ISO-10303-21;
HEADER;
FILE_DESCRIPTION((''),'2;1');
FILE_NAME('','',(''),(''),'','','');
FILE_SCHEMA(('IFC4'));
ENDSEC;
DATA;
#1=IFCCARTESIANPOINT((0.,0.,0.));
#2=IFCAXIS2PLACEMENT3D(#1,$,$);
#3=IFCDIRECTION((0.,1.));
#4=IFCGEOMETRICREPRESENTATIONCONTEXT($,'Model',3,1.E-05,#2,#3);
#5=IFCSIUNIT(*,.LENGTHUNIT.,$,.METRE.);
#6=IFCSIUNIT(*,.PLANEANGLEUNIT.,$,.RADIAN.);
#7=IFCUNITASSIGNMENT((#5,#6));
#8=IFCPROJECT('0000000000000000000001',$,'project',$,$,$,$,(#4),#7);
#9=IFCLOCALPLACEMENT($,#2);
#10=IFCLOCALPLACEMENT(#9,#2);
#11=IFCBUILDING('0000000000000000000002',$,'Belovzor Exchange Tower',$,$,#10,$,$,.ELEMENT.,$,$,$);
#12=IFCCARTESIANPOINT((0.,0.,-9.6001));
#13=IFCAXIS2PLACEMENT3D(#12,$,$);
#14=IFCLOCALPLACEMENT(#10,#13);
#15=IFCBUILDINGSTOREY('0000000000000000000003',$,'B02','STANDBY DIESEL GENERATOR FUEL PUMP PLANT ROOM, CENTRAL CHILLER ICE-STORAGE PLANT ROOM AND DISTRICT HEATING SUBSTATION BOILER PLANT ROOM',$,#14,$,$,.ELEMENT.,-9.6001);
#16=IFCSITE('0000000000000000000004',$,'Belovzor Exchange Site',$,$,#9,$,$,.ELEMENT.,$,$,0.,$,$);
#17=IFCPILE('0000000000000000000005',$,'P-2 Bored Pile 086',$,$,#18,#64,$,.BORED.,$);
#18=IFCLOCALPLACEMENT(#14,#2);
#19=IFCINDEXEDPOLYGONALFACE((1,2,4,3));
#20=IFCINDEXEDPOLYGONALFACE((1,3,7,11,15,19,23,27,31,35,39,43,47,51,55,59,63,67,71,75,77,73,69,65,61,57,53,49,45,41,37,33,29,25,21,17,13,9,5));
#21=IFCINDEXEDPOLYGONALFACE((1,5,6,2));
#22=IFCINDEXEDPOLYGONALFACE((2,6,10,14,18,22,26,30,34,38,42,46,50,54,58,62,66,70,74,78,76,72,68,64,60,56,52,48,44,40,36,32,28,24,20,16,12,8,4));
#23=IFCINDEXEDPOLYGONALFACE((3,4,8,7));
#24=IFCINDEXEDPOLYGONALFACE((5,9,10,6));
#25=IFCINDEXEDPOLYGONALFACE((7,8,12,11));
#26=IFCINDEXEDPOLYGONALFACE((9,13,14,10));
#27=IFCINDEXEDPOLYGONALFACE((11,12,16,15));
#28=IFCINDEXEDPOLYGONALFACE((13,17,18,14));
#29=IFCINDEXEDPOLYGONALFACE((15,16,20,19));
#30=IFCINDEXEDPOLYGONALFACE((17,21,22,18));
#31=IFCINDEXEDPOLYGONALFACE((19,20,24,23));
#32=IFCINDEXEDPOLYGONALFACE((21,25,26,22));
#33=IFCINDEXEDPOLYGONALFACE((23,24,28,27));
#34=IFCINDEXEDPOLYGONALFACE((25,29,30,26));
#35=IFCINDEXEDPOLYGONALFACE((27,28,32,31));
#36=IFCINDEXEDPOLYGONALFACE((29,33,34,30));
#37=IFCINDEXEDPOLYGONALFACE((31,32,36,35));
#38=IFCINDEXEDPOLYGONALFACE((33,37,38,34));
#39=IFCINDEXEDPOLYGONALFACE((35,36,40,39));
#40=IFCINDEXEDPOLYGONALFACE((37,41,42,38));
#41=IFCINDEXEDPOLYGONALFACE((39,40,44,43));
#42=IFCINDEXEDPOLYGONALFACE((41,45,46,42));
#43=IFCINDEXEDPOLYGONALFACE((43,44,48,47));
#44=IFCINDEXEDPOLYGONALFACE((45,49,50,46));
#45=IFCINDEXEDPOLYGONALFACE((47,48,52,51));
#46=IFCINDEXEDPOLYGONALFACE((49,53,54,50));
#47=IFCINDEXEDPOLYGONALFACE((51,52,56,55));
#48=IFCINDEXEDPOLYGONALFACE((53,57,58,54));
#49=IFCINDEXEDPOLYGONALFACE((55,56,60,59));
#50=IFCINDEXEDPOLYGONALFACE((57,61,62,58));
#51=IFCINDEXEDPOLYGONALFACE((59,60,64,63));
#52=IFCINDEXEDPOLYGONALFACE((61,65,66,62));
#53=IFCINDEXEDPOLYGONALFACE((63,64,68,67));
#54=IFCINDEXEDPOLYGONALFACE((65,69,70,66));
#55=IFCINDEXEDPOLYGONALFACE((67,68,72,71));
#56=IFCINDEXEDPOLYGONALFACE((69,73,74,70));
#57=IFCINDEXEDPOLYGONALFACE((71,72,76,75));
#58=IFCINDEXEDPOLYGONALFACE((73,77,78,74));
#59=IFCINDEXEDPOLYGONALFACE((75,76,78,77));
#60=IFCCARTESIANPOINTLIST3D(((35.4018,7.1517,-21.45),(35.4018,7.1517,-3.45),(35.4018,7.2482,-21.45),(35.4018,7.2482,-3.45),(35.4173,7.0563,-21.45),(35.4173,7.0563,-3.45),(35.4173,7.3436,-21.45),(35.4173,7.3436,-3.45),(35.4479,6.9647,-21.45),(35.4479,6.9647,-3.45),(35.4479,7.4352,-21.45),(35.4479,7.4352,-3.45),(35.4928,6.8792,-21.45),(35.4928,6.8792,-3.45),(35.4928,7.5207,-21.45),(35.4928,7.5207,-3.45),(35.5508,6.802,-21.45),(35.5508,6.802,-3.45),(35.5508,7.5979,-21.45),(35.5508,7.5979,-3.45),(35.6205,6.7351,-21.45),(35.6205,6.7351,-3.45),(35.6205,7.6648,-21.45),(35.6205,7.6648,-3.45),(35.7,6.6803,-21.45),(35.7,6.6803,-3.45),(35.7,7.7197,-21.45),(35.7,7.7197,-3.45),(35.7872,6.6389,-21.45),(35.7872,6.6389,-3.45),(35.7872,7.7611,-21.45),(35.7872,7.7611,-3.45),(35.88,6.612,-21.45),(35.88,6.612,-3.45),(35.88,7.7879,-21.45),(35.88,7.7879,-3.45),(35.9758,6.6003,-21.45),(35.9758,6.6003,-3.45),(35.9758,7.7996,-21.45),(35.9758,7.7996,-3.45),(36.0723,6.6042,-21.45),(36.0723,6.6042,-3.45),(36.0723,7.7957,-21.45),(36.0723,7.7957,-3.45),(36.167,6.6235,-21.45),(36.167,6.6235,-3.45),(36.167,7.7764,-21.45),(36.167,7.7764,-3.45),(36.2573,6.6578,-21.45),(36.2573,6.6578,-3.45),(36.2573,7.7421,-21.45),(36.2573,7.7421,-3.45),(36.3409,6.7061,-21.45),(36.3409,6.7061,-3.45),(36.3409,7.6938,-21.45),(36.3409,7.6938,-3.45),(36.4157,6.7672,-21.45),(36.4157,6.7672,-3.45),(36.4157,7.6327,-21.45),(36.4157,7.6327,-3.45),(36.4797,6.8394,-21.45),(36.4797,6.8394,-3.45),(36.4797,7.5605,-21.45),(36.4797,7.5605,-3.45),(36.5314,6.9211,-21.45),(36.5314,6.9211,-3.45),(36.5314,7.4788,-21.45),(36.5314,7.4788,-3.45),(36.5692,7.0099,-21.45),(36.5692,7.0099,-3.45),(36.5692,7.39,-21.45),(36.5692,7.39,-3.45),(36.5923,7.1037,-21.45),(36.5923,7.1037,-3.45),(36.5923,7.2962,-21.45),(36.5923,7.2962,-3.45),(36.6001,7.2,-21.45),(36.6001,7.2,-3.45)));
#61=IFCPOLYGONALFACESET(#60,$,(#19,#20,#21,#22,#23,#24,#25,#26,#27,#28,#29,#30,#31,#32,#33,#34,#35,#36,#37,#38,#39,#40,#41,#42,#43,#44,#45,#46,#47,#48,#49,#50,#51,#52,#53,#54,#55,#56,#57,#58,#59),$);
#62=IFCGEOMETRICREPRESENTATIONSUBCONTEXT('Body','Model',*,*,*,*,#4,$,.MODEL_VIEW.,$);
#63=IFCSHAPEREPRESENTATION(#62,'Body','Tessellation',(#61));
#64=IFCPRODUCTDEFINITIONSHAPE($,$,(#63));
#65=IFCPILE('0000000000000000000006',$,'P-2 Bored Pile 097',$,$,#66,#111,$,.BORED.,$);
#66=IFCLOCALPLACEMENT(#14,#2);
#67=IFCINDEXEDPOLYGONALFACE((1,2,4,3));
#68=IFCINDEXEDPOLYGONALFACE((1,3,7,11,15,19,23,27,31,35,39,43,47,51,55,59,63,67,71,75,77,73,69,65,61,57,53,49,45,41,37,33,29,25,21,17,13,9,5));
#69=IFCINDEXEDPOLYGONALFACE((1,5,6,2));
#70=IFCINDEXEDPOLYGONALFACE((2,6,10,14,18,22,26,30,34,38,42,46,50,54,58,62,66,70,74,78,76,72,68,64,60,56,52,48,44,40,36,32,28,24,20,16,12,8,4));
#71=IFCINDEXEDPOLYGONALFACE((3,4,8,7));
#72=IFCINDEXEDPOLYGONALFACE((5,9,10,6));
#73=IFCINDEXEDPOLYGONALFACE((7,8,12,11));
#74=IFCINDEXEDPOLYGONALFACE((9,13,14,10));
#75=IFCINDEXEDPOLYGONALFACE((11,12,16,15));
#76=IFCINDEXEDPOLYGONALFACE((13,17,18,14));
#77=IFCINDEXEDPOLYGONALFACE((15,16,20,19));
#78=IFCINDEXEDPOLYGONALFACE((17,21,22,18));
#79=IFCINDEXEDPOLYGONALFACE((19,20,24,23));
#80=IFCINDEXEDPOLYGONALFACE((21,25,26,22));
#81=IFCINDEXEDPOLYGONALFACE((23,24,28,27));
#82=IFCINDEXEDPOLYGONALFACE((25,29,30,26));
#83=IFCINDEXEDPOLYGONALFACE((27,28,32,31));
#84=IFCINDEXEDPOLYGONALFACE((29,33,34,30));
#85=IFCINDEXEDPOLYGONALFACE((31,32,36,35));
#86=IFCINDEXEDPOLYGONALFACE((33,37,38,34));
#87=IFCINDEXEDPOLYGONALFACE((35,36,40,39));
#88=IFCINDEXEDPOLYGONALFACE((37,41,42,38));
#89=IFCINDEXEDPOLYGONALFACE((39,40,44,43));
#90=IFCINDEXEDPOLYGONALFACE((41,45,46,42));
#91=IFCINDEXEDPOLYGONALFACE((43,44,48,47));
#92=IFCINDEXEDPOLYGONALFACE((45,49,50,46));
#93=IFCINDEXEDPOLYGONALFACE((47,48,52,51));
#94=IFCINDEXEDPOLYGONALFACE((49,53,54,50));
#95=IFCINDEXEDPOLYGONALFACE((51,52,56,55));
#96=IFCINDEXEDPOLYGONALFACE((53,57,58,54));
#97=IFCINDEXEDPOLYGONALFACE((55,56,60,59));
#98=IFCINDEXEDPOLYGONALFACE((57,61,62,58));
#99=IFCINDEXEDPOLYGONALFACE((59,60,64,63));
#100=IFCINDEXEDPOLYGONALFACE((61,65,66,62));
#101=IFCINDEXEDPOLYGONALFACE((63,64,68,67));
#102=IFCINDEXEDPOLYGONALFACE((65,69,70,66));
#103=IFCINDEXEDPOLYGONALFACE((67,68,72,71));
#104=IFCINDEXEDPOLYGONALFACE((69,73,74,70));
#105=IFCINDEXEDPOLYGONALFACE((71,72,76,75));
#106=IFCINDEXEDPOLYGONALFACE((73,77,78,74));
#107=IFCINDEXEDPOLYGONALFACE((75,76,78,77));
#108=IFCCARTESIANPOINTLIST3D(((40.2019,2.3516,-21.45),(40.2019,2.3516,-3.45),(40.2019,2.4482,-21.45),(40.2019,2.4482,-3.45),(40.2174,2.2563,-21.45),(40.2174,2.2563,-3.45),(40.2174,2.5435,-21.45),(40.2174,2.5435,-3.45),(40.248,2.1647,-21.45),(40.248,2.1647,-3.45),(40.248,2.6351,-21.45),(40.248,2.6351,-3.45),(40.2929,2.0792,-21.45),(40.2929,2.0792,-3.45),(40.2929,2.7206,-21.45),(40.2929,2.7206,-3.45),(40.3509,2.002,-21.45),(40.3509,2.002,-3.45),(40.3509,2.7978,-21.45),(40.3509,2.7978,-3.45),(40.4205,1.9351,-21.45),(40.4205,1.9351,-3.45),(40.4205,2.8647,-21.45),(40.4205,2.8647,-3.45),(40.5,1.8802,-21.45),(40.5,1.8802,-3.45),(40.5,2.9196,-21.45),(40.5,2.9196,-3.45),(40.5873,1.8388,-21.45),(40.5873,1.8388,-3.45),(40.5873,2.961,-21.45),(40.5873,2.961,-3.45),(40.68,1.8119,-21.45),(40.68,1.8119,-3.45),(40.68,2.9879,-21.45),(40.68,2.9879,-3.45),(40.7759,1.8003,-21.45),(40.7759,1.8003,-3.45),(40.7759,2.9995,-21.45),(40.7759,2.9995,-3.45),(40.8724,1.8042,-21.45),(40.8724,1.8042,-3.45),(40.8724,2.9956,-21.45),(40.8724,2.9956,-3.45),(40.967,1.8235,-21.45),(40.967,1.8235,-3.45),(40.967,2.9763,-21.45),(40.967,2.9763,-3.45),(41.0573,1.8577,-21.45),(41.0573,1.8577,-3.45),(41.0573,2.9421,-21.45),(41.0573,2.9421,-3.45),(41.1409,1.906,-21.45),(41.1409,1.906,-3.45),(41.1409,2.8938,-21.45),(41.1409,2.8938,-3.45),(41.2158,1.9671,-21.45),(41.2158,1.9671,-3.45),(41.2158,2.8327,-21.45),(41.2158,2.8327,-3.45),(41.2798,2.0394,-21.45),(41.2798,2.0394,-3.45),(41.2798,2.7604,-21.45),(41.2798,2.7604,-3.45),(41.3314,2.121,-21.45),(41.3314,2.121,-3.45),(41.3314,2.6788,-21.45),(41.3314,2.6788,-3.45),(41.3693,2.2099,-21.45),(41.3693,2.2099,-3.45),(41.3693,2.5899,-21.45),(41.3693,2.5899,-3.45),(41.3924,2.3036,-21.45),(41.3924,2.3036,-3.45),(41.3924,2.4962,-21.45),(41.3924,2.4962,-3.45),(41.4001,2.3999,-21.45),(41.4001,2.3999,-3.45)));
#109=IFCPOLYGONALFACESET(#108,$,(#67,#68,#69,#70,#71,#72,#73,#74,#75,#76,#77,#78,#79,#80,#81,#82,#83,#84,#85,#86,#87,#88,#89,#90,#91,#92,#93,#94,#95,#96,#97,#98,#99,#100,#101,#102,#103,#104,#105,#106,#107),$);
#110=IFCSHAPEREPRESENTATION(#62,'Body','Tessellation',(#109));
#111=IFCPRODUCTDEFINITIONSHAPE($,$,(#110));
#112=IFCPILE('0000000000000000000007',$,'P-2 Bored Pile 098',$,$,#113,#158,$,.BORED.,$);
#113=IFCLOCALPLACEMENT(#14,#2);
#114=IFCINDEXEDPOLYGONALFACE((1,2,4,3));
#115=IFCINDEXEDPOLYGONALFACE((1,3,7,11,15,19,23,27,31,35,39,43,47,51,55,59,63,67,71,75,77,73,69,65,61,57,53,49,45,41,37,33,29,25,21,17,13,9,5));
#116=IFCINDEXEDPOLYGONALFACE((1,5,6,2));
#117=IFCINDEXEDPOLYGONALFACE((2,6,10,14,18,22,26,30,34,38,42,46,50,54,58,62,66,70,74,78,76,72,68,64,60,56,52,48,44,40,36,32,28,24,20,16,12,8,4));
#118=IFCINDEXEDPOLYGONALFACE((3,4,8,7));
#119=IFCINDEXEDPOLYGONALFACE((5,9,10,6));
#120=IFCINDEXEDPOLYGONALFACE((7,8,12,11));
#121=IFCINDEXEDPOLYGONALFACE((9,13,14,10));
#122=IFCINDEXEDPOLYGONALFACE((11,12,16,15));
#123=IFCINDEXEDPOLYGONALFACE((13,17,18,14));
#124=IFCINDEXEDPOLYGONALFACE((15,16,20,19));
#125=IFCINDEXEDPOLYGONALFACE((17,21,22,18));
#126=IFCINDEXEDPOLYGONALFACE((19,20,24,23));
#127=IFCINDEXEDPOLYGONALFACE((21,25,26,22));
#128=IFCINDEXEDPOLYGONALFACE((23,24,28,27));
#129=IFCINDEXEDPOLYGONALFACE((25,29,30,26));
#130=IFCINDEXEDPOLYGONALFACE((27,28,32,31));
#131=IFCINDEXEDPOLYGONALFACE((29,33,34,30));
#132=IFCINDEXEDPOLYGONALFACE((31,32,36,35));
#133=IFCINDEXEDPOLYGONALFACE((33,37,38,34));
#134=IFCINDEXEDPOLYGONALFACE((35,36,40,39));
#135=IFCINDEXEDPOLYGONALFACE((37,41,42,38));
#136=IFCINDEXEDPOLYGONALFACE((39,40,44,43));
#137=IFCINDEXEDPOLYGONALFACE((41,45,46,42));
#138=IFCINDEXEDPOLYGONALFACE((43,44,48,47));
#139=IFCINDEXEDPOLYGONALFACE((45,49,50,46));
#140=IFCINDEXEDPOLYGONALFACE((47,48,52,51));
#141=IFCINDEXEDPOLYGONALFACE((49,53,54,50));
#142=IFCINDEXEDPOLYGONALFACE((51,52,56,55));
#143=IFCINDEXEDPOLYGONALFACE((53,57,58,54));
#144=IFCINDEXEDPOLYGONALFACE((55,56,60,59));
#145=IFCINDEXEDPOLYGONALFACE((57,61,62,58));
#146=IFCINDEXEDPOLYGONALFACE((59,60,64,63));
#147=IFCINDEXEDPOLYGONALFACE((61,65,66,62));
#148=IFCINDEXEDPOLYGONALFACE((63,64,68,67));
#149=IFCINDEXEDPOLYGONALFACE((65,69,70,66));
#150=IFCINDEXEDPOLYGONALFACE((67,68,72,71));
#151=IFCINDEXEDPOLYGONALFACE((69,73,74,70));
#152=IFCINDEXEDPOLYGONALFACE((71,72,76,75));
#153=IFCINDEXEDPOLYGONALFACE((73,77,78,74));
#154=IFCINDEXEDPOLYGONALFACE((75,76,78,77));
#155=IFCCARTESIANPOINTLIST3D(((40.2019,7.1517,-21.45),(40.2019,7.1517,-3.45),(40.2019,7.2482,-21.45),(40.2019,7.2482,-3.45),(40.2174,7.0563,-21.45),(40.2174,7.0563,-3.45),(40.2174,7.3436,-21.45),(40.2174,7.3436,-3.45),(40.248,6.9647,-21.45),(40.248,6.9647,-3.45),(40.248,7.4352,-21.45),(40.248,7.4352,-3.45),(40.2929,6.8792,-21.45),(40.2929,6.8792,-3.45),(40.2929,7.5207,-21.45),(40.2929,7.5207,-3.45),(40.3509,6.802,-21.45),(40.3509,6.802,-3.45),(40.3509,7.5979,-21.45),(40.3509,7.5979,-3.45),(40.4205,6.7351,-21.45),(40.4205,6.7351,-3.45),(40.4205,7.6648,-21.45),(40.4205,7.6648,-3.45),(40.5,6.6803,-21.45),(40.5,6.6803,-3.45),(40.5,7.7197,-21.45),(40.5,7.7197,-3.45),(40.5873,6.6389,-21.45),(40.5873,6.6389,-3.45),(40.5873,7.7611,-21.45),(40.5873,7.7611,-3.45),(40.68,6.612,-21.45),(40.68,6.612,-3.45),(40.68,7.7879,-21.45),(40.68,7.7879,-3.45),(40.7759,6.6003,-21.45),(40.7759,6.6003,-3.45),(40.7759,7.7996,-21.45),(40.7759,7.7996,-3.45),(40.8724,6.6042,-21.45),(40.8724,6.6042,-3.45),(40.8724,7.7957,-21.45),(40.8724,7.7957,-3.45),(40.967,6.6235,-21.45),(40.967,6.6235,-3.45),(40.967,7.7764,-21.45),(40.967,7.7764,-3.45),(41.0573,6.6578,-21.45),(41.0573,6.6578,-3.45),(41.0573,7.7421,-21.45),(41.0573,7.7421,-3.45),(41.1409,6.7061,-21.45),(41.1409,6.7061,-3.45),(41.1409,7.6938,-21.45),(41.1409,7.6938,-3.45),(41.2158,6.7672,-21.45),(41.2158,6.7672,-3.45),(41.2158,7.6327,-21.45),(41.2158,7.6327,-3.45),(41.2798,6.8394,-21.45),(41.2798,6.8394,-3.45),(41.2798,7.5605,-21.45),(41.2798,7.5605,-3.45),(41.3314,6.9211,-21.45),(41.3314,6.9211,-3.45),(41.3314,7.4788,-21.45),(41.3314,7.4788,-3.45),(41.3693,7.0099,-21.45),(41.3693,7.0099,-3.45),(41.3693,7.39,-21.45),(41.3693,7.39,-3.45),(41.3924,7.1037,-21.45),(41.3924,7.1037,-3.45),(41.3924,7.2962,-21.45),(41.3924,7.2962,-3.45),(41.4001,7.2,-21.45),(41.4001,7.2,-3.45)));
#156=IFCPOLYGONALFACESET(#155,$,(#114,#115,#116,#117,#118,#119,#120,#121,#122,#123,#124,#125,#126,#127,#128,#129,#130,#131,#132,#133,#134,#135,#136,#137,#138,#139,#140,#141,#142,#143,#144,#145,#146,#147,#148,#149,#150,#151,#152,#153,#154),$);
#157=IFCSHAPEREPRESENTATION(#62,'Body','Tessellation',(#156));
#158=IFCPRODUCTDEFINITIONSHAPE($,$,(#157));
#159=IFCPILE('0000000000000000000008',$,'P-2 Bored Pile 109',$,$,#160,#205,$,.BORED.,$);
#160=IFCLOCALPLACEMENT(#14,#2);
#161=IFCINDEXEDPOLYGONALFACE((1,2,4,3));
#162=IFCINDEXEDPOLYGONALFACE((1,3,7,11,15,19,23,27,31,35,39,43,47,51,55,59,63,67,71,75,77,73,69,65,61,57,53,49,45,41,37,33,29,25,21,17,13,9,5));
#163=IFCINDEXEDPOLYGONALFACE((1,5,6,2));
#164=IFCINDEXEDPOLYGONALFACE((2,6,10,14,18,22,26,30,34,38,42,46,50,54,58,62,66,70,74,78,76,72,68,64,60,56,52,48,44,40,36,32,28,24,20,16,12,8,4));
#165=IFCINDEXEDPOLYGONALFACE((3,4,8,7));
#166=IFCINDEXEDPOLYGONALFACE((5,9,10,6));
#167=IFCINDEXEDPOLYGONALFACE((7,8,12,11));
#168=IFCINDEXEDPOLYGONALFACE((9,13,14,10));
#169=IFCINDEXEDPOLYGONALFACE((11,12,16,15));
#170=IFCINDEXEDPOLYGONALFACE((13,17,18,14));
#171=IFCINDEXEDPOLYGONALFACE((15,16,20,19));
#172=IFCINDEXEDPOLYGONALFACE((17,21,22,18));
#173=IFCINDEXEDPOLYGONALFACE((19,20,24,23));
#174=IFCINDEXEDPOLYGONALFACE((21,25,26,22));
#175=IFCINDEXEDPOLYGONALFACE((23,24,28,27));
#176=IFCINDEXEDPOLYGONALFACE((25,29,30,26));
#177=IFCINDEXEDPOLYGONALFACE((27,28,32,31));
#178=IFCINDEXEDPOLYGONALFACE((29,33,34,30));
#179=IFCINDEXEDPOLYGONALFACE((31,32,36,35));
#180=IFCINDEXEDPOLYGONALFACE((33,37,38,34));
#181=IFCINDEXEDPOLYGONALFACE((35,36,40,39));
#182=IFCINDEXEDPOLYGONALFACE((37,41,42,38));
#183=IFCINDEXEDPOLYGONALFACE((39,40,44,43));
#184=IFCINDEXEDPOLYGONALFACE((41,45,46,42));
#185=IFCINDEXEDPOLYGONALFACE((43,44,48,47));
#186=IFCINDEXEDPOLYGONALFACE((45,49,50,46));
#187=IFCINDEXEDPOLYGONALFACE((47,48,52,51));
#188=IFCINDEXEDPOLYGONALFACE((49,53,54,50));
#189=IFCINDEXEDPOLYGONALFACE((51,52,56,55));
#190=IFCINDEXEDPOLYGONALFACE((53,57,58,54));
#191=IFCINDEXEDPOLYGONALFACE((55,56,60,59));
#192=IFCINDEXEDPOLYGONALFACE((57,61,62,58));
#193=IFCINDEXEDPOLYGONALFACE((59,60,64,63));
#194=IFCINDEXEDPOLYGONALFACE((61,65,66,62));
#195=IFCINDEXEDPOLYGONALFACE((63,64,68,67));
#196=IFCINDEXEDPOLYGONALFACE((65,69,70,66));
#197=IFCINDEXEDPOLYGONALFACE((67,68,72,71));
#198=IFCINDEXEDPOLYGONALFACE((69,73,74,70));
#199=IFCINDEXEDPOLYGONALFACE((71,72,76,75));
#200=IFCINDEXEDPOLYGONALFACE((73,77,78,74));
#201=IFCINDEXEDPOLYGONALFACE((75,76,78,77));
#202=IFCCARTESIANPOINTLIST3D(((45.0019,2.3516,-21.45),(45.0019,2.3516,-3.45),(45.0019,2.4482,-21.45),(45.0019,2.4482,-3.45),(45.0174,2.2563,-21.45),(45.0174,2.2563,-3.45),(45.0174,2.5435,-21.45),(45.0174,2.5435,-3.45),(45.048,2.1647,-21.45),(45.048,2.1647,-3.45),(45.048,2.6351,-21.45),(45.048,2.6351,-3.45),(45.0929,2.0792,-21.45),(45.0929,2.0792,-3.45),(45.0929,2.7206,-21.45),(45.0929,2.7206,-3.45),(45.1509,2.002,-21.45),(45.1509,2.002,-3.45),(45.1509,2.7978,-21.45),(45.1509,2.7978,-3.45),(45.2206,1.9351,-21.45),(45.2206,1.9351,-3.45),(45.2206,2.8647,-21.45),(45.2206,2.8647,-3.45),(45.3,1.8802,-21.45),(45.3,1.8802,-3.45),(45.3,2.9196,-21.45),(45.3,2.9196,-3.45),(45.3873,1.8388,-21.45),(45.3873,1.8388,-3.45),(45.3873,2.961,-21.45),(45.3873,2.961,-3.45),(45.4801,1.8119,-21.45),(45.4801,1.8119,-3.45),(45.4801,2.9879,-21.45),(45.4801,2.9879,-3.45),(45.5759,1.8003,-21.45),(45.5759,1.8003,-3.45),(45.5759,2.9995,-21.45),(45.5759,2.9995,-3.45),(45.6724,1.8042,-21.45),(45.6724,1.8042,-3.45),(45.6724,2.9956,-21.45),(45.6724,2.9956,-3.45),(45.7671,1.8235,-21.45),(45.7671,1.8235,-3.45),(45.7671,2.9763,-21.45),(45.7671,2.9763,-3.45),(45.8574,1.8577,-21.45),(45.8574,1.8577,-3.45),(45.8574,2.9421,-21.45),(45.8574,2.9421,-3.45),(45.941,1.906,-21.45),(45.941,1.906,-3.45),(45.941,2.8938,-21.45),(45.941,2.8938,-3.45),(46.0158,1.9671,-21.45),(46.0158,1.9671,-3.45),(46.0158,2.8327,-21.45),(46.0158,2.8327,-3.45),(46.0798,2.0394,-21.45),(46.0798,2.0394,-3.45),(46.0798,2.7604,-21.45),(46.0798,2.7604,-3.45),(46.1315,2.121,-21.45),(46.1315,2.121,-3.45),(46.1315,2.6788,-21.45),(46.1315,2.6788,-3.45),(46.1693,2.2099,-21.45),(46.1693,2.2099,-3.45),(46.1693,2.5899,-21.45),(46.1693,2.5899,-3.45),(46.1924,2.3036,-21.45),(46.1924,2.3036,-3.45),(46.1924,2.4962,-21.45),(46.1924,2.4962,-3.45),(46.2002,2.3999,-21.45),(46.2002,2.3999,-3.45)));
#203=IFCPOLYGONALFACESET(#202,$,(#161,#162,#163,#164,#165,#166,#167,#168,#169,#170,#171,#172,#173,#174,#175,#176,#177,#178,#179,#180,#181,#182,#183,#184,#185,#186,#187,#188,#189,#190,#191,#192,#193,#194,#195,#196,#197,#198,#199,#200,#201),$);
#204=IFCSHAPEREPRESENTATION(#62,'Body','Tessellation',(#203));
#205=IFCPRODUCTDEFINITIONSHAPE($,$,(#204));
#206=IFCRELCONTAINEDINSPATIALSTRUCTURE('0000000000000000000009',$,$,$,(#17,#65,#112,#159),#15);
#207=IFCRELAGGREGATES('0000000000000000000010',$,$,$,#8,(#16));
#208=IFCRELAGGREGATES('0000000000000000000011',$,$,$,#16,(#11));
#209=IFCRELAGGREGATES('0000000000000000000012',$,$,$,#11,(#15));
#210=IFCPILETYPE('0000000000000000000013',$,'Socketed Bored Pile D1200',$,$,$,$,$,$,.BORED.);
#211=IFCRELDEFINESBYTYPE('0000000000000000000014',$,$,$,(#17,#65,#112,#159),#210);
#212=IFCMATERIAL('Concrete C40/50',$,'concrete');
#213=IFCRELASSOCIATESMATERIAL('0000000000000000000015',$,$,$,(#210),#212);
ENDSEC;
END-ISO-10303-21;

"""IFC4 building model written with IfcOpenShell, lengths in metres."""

from ifc_helpers import new_model, si_unit, direction, frame, origin, origin_2d, place, context, subcontext, project, spatial, circle, extrude, material, material_profile, profile_set, type_object, element, save


model = new_model("IFC4")

# Units and contexts
model_context = context("Model", 3, precision=1e-05, world=origin(), true_north=direction((0.0, 1.0)))
body_context = subcontext(model_context, "Body", "Model", "MODEL_VIEW")
ifc_project = project(units=[si_unit("LENGTHUNIT", "METRE"), si_unit("PLANEANGLEUNIT", "RADIAN")], contexts=[model_context])

# Site, building, storey
site_placement = place(None, origin())
site = spatial("IfcSite", under=ifc_project, at=site_placement, Name="Belovzor Exchange Site", CompositionType="ELEMENT", RefElevation=0.0)
building_placement = place(site_placement, origin())
building = spatial("IfcBuilding", under=site, at=building_placement, Name="Belovzor Exchange Tower", CompositionType="ELEMENT")
storey_placement = place(building_placement, frame((0.0, 0.0, -9.6001)))
storey = spatial("IfcBuildingStorey", under=building, at=storey_placement, Name="B02", Description="STANDBY DIESEL GENERATOR FUEL PUMP PLANT ROOM, CENTRAL CHILLER ICE-STORAGE PLANT ROOM AND DISTRICT HEATING SUBSTATION BOILER PLANT ROOM", CompositionType="ELEMENT", Elevation=-9.6001)

# Piles
ifc_material_1 = material(Name="Concrete C40/50", Category="concrete")
ifc_material_profile_1 = material_profile(ifc_material_1, circle(Radius=0.6001, at=origin_2d()))
ifc_profile_set_1 = profile_set([ifc_material_profile_1], Name="Concrete C40/50")
pile_type_1 = type_object("IfcPileType", Name="Socketed Bored Pile D1200", PredefinedType="BORED", material=ifc_profile_set_1)
for number, where, z_axis, x_axis, name in (
    (1, (36.0, 7.2, -3.45), (0.0, 0.0, -1.0), (1.0, 0.0, 0.0), "P-2 Bored Pile 086"),
    (2, (40.8, 2.3999, -3.45), (0.0, 0.0, -1.0), (1.0, 0.0, 0.0), "P-2 Bored Pile 097"),
    (3, (40.8, 7.2, -3.45), (0.0, 0.0, -1.0), (1.0, 0.0, 0.0), "P-2 Bored Pile 098"),
    (4, (45.6001, 2.3999, -3.45), (0.0, 0.0, -1.0), (1.0, 0.0, 0.0), "P-2 Bored Pile 109"),
):
    element("IfcPile", number, at=place(storey_placement, frame(where, z_axis=z_axis, x_axis=x_axis)), inside=storey, type_object=pile_type_1, Name=name, PredefinedType="BORED", context=body_context, shape_type="SweptSolid", body=[
        extrude(circle(Radius=0.6001, at=origin_2d()), origin(), (0.0, 0.0, 1.0), 18.0),
    ])

save(model, "model.ifc")
